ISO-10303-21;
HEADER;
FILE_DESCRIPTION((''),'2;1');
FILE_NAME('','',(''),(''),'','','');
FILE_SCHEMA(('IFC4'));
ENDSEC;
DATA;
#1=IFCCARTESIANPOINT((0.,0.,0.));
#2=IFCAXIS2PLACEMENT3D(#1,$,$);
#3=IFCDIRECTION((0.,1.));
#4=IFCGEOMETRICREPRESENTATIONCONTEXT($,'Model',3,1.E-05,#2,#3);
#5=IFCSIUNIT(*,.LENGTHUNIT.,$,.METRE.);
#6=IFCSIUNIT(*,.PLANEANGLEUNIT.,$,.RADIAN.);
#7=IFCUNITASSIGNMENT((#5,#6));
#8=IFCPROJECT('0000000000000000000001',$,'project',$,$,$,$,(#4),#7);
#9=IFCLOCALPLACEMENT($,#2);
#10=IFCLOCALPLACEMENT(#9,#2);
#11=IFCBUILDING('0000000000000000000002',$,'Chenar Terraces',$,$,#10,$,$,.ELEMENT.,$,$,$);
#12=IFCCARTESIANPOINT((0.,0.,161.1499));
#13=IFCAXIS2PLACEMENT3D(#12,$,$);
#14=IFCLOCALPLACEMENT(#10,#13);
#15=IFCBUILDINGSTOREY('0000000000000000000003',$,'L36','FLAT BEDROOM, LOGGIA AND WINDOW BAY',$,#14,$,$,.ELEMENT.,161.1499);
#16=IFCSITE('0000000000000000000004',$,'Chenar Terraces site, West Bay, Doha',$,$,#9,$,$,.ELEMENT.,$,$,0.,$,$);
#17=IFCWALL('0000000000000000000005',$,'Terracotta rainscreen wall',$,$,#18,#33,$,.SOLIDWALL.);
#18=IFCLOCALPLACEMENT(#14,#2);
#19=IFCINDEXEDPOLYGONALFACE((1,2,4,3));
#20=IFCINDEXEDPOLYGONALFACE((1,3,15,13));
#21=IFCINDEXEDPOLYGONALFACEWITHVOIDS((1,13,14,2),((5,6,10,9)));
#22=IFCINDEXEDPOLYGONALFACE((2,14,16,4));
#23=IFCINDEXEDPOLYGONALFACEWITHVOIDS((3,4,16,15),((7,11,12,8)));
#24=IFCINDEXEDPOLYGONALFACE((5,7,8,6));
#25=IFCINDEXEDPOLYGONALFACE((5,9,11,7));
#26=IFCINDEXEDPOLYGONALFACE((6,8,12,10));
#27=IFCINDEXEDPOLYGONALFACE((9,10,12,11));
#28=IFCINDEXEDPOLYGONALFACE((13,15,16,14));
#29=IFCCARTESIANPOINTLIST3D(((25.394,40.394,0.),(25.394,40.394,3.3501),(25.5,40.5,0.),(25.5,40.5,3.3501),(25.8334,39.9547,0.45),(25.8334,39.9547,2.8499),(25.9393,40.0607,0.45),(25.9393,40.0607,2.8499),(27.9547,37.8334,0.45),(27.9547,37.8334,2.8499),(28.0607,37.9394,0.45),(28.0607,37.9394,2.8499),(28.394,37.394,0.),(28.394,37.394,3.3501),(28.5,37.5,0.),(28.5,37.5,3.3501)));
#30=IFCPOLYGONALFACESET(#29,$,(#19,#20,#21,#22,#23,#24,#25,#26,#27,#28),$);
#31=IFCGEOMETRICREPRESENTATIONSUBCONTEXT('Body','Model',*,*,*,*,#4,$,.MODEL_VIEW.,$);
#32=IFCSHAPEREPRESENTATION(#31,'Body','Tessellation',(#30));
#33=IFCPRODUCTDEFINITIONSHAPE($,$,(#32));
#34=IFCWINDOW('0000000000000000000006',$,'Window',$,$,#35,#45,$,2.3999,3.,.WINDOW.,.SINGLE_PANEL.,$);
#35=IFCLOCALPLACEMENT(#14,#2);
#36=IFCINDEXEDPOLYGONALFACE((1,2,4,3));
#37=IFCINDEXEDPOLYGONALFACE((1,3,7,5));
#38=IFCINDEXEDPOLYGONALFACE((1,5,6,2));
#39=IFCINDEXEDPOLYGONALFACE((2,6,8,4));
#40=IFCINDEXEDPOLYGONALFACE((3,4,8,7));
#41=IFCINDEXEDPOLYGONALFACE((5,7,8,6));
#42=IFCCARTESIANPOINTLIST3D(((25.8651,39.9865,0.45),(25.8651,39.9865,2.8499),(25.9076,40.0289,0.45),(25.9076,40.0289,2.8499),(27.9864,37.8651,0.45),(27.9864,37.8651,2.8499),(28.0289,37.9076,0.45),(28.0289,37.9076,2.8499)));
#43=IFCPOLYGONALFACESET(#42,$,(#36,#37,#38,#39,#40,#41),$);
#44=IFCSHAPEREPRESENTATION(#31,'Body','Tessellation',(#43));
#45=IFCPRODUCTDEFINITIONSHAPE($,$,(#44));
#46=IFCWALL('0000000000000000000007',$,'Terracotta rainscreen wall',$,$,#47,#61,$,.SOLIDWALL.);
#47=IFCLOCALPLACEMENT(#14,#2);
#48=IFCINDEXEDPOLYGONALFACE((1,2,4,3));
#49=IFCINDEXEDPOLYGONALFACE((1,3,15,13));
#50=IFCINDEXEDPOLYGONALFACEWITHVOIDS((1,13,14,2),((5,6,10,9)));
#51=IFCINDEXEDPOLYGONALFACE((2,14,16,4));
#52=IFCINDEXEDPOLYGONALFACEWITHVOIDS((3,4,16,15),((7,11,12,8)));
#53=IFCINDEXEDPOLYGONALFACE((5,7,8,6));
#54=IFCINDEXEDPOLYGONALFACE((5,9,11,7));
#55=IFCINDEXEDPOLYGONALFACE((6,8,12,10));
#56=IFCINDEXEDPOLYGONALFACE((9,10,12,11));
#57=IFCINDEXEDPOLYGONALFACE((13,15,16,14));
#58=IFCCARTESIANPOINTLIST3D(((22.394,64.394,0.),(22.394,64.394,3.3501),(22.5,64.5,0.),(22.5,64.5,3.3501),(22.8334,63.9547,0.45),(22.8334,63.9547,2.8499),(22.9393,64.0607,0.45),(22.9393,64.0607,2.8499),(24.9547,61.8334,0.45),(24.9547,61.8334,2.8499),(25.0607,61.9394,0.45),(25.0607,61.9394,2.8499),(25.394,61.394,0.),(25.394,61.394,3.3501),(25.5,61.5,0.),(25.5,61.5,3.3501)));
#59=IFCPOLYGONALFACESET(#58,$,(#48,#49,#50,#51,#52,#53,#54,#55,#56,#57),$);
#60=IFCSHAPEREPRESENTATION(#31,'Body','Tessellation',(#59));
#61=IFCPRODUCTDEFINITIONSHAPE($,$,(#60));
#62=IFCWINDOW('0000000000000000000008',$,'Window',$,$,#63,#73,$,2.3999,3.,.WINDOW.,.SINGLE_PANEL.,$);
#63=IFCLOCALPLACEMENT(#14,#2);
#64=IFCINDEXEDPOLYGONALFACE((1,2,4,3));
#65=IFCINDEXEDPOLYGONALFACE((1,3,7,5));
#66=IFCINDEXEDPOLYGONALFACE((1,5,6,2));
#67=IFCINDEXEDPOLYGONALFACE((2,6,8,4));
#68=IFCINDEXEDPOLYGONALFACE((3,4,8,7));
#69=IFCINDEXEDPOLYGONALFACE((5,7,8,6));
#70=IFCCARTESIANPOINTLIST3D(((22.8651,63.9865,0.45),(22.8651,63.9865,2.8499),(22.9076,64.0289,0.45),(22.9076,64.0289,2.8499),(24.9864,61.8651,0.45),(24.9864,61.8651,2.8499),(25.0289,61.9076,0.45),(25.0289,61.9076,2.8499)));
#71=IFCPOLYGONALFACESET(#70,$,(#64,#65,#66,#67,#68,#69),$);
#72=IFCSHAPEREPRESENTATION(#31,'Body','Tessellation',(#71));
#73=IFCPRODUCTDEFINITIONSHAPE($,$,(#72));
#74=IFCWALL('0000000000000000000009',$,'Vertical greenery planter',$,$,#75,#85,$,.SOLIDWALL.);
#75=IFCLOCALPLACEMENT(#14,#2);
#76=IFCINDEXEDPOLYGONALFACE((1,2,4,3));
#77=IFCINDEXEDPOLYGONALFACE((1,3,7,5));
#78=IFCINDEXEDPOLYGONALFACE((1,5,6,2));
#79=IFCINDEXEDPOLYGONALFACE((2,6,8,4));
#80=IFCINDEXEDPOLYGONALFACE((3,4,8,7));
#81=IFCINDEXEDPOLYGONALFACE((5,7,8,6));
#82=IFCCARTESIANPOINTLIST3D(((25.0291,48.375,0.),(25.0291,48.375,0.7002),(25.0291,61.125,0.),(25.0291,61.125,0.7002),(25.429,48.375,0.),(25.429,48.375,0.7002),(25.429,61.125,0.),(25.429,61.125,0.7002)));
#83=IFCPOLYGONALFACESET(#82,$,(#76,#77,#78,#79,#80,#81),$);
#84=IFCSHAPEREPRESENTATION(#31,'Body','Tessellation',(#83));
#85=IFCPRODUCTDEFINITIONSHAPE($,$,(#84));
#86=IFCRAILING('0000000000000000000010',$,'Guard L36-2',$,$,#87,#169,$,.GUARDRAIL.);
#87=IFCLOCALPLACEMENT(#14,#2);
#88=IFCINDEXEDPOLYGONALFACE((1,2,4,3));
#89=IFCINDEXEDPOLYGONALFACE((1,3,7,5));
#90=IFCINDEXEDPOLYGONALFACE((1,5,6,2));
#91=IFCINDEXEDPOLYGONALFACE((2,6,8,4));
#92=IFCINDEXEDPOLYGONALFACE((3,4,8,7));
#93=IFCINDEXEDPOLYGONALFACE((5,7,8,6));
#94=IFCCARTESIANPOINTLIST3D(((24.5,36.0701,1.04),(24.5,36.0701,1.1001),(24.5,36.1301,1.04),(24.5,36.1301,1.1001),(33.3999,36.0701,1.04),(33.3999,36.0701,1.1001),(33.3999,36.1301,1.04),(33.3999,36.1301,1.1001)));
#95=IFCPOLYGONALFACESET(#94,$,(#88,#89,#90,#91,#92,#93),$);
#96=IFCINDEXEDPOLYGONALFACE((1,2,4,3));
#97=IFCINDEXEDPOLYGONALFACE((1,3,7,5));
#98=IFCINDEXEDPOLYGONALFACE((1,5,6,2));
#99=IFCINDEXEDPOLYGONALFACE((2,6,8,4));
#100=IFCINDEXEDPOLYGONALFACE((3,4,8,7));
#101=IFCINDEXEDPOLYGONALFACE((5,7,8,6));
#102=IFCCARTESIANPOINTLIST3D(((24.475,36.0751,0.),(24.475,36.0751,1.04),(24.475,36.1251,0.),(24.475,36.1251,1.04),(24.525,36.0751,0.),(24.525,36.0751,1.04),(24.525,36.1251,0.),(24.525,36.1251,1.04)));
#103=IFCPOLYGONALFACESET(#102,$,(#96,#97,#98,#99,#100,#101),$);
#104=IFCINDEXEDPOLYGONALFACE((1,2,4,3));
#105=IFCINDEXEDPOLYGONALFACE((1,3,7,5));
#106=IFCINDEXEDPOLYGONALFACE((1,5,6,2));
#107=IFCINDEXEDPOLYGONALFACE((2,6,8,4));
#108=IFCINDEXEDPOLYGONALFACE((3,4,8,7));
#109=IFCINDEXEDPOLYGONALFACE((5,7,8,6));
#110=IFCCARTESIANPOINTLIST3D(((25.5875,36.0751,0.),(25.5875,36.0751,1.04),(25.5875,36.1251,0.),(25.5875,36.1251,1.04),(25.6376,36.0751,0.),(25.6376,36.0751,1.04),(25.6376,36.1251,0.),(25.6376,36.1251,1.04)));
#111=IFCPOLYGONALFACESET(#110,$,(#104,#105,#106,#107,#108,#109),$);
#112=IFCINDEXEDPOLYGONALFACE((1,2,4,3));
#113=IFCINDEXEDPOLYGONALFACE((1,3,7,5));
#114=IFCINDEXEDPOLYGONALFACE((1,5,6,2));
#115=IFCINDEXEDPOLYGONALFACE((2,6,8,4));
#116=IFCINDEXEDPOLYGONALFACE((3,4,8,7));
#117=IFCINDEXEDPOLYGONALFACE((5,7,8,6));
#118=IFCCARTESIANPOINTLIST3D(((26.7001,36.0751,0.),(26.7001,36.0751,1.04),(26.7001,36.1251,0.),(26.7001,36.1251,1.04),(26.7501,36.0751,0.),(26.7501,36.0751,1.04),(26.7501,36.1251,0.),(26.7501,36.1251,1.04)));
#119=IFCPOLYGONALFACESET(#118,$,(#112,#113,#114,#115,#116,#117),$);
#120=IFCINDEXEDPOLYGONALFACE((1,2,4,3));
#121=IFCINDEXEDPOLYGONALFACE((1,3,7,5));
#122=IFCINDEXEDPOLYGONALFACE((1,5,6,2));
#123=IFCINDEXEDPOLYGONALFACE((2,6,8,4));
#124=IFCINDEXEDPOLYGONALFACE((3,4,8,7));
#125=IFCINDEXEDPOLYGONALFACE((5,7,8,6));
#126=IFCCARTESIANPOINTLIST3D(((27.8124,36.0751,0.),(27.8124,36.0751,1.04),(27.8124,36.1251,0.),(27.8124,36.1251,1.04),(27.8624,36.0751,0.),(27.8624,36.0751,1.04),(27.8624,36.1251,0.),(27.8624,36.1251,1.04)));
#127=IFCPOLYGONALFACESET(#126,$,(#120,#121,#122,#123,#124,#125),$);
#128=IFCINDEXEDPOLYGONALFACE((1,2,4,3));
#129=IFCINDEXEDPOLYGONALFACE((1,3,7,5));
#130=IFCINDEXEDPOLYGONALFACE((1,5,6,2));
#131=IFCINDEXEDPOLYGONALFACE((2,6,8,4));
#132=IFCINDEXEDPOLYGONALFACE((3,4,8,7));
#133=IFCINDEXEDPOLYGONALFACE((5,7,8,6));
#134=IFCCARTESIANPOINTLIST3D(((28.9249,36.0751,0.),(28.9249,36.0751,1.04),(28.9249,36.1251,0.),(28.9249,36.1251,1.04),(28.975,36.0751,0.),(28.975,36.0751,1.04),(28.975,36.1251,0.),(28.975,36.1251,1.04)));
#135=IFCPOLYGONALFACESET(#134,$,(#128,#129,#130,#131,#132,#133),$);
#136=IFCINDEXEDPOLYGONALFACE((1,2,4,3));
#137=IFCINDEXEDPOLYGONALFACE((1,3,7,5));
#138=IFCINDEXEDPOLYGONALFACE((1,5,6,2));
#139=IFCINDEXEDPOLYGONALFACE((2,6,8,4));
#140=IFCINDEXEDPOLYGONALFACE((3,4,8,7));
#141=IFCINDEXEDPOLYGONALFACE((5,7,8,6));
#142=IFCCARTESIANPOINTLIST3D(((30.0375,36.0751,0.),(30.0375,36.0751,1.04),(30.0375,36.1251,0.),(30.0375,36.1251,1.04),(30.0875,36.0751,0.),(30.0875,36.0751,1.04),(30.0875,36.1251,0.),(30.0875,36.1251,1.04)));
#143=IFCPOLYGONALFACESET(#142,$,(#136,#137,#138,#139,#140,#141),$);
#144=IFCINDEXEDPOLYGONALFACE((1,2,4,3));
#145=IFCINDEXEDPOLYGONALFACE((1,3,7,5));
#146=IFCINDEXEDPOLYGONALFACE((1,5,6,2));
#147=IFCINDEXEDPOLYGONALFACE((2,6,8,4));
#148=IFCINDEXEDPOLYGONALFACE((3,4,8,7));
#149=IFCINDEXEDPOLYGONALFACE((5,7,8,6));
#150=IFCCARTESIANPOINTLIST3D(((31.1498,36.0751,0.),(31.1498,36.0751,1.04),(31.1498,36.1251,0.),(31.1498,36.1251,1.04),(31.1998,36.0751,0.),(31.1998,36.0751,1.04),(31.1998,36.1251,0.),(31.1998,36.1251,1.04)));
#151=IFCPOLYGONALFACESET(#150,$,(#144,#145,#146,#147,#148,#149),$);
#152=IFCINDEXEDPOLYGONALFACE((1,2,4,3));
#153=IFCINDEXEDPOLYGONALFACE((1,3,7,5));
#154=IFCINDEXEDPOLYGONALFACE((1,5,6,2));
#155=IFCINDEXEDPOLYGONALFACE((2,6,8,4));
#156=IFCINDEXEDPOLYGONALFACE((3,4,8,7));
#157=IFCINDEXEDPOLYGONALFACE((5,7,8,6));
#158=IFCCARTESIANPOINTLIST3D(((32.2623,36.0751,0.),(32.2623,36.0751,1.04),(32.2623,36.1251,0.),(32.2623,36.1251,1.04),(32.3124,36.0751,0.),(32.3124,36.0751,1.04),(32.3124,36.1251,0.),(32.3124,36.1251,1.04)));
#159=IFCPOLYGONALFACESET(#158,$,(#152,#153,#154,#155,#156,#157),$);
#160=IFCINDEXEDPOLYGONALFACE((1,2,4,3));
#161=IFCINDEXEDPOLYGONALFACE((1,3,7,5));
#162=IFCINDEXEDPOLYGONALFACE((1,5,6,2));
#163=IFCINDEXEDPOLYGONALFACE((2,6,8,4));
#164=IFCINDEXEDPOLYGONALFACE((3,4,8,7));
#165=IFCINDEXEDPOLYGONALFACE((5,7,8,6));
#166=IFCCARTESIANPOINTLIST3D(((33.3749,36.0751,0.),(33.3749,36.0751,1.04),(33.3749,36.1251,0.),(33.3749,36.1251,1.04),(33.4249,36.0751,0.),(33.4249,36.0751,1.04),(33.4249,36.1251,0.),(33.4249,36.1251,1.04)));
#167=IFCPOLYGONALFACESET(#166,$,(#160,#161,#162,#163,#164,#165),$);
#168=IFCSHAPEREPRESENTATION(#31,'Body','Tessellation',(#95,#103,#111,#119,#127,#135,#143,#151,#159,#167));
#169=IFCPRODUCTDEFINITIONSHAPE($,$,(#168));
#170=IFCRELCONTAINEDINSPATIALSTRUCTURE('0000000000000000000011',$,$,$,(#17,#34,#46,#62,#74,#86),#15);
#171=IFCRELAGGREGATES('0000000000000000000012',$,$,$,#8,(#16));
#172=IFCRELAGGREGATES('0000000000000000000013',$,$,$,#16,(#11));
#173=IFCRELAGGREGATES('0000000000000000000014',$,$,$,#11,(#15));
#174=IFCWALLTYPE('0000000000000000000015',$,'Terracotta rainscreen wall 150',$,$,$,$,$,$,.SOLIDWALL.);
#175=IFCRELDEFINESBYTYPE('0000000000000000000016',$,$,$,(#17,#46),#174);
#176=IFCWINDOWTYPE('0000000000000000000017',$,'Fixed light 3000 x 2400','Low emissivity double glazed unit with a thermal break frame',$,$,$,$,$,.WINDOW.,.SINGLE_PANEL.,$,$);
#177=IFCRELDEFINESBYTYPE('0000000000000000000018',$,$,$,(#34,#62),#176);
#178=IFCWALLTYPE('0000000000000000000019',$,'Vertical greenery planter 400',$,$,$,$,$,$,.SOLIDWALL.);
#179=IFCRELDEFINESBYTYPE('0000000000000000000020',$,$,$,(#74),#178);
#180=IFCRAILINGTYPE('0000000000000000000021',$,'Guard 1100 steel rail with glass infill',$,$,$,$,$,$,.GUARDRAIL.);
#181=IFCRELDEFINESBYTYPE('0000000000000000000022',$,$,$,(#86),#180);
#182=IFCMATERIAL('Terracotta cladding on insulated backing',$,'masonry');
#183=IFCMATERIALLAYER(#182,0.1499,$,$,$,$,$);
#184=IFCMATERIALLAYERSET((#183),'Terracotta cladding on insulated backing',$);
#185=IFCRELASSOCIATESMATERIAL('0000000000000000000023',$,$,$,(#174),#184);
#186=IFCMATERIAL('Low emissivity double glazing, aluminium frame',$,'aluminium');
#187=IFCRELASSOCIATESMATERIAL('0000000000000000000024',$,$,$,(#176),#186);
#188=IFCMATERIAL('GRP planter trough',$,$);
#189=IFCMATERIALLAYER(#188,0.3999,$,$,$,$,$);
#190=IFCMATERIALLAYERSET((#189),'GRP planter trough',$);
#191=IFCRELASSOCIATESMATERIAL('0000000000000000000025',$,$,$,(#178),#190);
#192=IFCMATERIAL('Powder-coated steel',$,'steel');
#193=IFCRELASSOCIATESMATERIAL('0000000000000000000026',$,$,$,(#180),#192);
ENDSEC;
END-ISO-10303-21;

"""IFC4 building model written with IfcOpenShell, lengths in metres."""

from ifc_helpers import new_model, si_unit, direction, frame, frame_2d, origin, origin_2d, place, context, subcontext, project, spatial, rectangle, extrude, material, layer, layer_set, type_object, element, fill, save


model = new_model("IFC4")

# Units and contexts
model_context = context("Model", 3, precision=1e-05, world=origin(), true_north=direction((0.0, 1.0)))
body_context = subcontext(model_context, "Body", "Model", "MODEL_VIEW")
ifc_project = project(units=[si_unit("LENGTHUNIT", "METRE"), si_unit("PLANEANGLEUNIT", "RADIAN")], contexts=[model_context])

# Site, building, storey
site_placement = place(None, origin())
site = spatial("IfcSite", under=ifc_project, at=site_placement, Name="Chenar Terraces site, West Bay, Doha", CompositionType="ELEMENT", RefElevation=0.0)
building_placement = place(site_placement, origin())
building = spatial("IfcBuilding", under=site, at=building_placement, Name="Chenar Terraces", CompositionType="ELEMENT")
storey_placement = place(building_placement, frame((0.0, 0.0, 161.1499)))
storey = spatial("IfcBuildingStorey", under=building, at=storey_placement, Name="L36", Description="FLAT BEDROOM, LOGGIA AND WINDOW BAY", CompositionType="ELEMENT", Elevation=161.1499)

# Walls, openings, windows
ifc_material_1 = material(Name="Terracotta cladding on insulated backing", Category="masonry")
ifc_layer_1 = layer(ifc_material_1, 0.1499)
ifc_layer_set_1 = layer_set([ifc_layer_1], Name="Terracotta cladding on insulated backing")
wall_type_1 = type_object("IfcWallType", Name="Terracotta rainscreen wall 150", PredefinedType="SOLIDWALL", material=ifc_layer_set_1)
wall_1_placement = place(storey_placement, frame((28.447, 37.447, 0.0), z_axis=(0.0, 0.0, 1.0), x_axis=(-0.707107, 0.707107, 0.0)))
wall_1 = element("IfcWall", 1, at=wall_1_placement, inside=storey, type_object=wall_type_1, Name="Terracotta rainscreen wall", PredefinedType="SOLIDWALL", context=body_context, shape_type="SweptSolid", body=[
    extrude(rectangle(XDim=4.2427, YDim=0.1499, at=frame_2d((2.1213, 0.0))), origin(), (0.0, 0.0, 1.0), 3.3501),
])
opening_1_placement = place(wall_1_placement, frame((0.6213, 0.0, 0.45)))
opening_1 = element("IfcOpeningElement", 2, at=opening_1_placement, cuts=wall_1, PredefinedType="OPENING", context=body_context, shape_type="SweptSolid", body=[
    extrude(rectangle(XDim=3.0, YDim=2.3999, at=frame_2d((1.5, 1.2))), frame((0.0, 0.085, 0.0), z_axis=(0.0, -1.0, 0.0), x_axis=(1.0, 0.0, 0.0)), (0.0, 0.0, 1.0), 0.1699),
])
ifc_material_2 = material(Name="Low emissivity double glazing, aluminium frame", Category="aluminium")
window_type_1 = type_object("IfcWindowType", Name="Fixed light 3000 x 2400", Description="Low emissivity double glazed unit with a thermal break frame", PartitioningType="SINGLE_PANEL", PredefinedType="WINDOW", material=ifc_material_2)
window_1_placement = place(opening_1_placement, origin())
window_1 = element("IfcWindow", 3, at=window_1_placement, inside=storey, type_object=window_type_1, Name="Window", OverallHeight=2.3999, OverallWidth=3.0, PartitioningType="SINGLE_PANEL", PredefinedType="WINDOW", context=body_context, shape_type="SweptSolid", body=[
    extrude(rectangle(XDim=3.0, YDim=2.3999, at=frame_2d((1.5, 1.2))), frame((0.0, 0.03, 0.0), z_axis=(0.0, -1.0, 0.0), x_axis=(1.0, 0.0, 0.0)), (0.0, 0.0, 1.0), 0.0601),
])
fill(opening_1, window_1)
wall_2_placement = place(storey_placement, frame((25.447, 61.447, 0.0), z_axis=(0.0, 0.0, 1.0), x_axis=(-0.707107, 0.707107, 0.0)))
wall_2 = element("IfcWall", 4, at=wall_2_placement, inside=storey, type_object=wall_type_1, Name="Terracotta rainscreen wall", PredefinedType="SOLIDWALL", context=body_context, shape_type="SweptSolid", body=[
    extrude(rectangle(XDim=4.2427, YDim=0.1499, at=frame_2d((2.1213, 0.0))), origin(), (0.0, 0.0, 1.0), 3.3501),
])
opening_2_placement = place(wall_2_placement, frame((0.6213, 0.0, 0.45)))
opening_2 = element("IfcOpeningElement", 5, at=opening_2_placement, cuts=wall_2, PredefinedType="OPENING", context=body_context, shape_type="SweptSolid", body=[
    extrude(rectangle(XDim=3.0, YDim=2.3999, at=frame_2d((1.5, 1.2))), frame((0.0, 0.085, 0.0), z_axis=(0.0, -1.0, 0.0), x_axis=(1.0, 0.0, 0.0)), (0.0, 0.0, 1.0), 0.1699),
])
window_2_placement = place(opening_2_placement, origin())
window_2 = element("IfcWindow", 6, at=window_2_placement, inside=storey, type_object=window_type_1, Name="Window", OverallHeight=2.3999, OverallWidth=3.0, PartitioningType="SINGLE_PANEL", PredefinedType="WINDOW", context=body_context, shape_type="SweptSolid", body=[
    extrude(rectangle(XDim=3.0, YDim=2.3999, at=frame_2d((1.5, 1.2))), frame((0.0, 0.03, 0.0), z_axis=(0.0, -1.0, 0.0), x_axis=(1.0, 0.0, 0.0)), (0.0, 0.0, 1.0), 0.0601),
])
fill(opening_2, window_2)

# Wall
ifc_material_3 = material(Name="GRP planter trough")
ifc_layer_2 = layer(ifc_material_3, 0.3999)
ifc_layer_set_2 = layer_set([ifc_layer_2], Name="GRP planter trough")
wall_type_2 = type_object("IfcWallType", Name="Vertical greenery planter 400", PredefinedType="SOLIDWALL", material=ifc_layer_set_2)
wall_3_placement = place(storey_placement, frame((25.229, 48.375, 0.0), z_axis=(0.0, 0.0, 1.0), x_axis=(0.0, 1.0, 0.0)))
element("IfcWall", 7, at=wall_3_placement, inside=storey, type_object=wall_type_2, Name="Vertical greenery planter", PredefinedType="SOLIDWALL", context=body_context, shape_type="SweptSolid", body=[
    extrude(rectangle(XDim=12.75, YDim=0.3999, at=frame_2d((6.375, 0.0))), origin(), (0.0, 0.0, 1.0), 0.7002),
])

# Railing
ifc_material_4 = material(Name="Powder-coated steel", Category="steel")
railing_type_1 = type_object("IfcRailingType", Name="Guard 1100 steel rail with glass infill", PredefinedType="GUARDRAIL", material=ifc_material_4)
railing_1_placement = place(storey_placement, frame((24.5, 36.1001, 0.0)))
element("IfcRailing", 8, at=railing_1_placement, inside=storey, type_object=railing_type_1, Name="Guard L36-2", PredefinedType="GUARDRAIL", context=body_context, shape_type="SweptSolid", body=[
    extrude(rectangle(XDim=0.0601, YDim=0.0601, at=origin_2d()), frame((0.0, 0.0, 1.0701), z_axis=(1.0, 0.0, 0.0), x_axis=(0.0, 1.0, 0.0)), (0.0, 0.0, 1.0), 8.8999),
    extrude(rectangle(XDim=0.05, YDim=0.05, at=origin_2d()), origin(), (0.0, 0.0, 1.0), 1.04),
    extrude(rectangle(XDim=0.05, YDim=0.05, at=origin_2d()), frame((1.1125, 0.0, 0.0)), (0.0, 0.0, 1.0), 1.04),
    extrude(rectangle(XDim=0.05, YDim=0.05, at=origin_2d()), frame((2.2251, 0.0, 0.0)), (0.0, 0.0, 1.0), 1.04),
    extrude(rectangle(XDim=0.05, YDim=0.05, at=origin_2d()), frame((3.3374, 0.0, 0.0)), (0.0, 0.0, 1.0), 1.04),
    extrude(rectangle(XDim=0.05, YDim=0.05, at=origin_2d()), frame((4.45, 0.0, 0.0)), (0.0, 0.0, 1.0), 1.04),
    extrude(rectangle(XDim=0.05, YDim=0.05, at=origin_2d()), frame((5.5625, 0.0, 0.0)), (0.0, 0.0, 1.0), 1.04),
    extrude(rectangle(XDim=0.05, YDim=0.05, at=origin_2d()), frame((6.6748, 0.0, 0.0)), (0.0, 0.0, 1.0), 1.04),
    extrude(rectangle(XDim=0.05, YDim=0.05, at=origin_2d()), frame((7.7874, 0.0, 0.0)), (0.0, 0.0, 1.0), 1.04),
    extrude(rectangle(XDim=0.05, YDim=0.05, at=origin_2d()), frame((8.8999, 0.0, 0.0)), (0.0, 0.0, 1.0), 1.04),
])

save(model, "model.ifc")
